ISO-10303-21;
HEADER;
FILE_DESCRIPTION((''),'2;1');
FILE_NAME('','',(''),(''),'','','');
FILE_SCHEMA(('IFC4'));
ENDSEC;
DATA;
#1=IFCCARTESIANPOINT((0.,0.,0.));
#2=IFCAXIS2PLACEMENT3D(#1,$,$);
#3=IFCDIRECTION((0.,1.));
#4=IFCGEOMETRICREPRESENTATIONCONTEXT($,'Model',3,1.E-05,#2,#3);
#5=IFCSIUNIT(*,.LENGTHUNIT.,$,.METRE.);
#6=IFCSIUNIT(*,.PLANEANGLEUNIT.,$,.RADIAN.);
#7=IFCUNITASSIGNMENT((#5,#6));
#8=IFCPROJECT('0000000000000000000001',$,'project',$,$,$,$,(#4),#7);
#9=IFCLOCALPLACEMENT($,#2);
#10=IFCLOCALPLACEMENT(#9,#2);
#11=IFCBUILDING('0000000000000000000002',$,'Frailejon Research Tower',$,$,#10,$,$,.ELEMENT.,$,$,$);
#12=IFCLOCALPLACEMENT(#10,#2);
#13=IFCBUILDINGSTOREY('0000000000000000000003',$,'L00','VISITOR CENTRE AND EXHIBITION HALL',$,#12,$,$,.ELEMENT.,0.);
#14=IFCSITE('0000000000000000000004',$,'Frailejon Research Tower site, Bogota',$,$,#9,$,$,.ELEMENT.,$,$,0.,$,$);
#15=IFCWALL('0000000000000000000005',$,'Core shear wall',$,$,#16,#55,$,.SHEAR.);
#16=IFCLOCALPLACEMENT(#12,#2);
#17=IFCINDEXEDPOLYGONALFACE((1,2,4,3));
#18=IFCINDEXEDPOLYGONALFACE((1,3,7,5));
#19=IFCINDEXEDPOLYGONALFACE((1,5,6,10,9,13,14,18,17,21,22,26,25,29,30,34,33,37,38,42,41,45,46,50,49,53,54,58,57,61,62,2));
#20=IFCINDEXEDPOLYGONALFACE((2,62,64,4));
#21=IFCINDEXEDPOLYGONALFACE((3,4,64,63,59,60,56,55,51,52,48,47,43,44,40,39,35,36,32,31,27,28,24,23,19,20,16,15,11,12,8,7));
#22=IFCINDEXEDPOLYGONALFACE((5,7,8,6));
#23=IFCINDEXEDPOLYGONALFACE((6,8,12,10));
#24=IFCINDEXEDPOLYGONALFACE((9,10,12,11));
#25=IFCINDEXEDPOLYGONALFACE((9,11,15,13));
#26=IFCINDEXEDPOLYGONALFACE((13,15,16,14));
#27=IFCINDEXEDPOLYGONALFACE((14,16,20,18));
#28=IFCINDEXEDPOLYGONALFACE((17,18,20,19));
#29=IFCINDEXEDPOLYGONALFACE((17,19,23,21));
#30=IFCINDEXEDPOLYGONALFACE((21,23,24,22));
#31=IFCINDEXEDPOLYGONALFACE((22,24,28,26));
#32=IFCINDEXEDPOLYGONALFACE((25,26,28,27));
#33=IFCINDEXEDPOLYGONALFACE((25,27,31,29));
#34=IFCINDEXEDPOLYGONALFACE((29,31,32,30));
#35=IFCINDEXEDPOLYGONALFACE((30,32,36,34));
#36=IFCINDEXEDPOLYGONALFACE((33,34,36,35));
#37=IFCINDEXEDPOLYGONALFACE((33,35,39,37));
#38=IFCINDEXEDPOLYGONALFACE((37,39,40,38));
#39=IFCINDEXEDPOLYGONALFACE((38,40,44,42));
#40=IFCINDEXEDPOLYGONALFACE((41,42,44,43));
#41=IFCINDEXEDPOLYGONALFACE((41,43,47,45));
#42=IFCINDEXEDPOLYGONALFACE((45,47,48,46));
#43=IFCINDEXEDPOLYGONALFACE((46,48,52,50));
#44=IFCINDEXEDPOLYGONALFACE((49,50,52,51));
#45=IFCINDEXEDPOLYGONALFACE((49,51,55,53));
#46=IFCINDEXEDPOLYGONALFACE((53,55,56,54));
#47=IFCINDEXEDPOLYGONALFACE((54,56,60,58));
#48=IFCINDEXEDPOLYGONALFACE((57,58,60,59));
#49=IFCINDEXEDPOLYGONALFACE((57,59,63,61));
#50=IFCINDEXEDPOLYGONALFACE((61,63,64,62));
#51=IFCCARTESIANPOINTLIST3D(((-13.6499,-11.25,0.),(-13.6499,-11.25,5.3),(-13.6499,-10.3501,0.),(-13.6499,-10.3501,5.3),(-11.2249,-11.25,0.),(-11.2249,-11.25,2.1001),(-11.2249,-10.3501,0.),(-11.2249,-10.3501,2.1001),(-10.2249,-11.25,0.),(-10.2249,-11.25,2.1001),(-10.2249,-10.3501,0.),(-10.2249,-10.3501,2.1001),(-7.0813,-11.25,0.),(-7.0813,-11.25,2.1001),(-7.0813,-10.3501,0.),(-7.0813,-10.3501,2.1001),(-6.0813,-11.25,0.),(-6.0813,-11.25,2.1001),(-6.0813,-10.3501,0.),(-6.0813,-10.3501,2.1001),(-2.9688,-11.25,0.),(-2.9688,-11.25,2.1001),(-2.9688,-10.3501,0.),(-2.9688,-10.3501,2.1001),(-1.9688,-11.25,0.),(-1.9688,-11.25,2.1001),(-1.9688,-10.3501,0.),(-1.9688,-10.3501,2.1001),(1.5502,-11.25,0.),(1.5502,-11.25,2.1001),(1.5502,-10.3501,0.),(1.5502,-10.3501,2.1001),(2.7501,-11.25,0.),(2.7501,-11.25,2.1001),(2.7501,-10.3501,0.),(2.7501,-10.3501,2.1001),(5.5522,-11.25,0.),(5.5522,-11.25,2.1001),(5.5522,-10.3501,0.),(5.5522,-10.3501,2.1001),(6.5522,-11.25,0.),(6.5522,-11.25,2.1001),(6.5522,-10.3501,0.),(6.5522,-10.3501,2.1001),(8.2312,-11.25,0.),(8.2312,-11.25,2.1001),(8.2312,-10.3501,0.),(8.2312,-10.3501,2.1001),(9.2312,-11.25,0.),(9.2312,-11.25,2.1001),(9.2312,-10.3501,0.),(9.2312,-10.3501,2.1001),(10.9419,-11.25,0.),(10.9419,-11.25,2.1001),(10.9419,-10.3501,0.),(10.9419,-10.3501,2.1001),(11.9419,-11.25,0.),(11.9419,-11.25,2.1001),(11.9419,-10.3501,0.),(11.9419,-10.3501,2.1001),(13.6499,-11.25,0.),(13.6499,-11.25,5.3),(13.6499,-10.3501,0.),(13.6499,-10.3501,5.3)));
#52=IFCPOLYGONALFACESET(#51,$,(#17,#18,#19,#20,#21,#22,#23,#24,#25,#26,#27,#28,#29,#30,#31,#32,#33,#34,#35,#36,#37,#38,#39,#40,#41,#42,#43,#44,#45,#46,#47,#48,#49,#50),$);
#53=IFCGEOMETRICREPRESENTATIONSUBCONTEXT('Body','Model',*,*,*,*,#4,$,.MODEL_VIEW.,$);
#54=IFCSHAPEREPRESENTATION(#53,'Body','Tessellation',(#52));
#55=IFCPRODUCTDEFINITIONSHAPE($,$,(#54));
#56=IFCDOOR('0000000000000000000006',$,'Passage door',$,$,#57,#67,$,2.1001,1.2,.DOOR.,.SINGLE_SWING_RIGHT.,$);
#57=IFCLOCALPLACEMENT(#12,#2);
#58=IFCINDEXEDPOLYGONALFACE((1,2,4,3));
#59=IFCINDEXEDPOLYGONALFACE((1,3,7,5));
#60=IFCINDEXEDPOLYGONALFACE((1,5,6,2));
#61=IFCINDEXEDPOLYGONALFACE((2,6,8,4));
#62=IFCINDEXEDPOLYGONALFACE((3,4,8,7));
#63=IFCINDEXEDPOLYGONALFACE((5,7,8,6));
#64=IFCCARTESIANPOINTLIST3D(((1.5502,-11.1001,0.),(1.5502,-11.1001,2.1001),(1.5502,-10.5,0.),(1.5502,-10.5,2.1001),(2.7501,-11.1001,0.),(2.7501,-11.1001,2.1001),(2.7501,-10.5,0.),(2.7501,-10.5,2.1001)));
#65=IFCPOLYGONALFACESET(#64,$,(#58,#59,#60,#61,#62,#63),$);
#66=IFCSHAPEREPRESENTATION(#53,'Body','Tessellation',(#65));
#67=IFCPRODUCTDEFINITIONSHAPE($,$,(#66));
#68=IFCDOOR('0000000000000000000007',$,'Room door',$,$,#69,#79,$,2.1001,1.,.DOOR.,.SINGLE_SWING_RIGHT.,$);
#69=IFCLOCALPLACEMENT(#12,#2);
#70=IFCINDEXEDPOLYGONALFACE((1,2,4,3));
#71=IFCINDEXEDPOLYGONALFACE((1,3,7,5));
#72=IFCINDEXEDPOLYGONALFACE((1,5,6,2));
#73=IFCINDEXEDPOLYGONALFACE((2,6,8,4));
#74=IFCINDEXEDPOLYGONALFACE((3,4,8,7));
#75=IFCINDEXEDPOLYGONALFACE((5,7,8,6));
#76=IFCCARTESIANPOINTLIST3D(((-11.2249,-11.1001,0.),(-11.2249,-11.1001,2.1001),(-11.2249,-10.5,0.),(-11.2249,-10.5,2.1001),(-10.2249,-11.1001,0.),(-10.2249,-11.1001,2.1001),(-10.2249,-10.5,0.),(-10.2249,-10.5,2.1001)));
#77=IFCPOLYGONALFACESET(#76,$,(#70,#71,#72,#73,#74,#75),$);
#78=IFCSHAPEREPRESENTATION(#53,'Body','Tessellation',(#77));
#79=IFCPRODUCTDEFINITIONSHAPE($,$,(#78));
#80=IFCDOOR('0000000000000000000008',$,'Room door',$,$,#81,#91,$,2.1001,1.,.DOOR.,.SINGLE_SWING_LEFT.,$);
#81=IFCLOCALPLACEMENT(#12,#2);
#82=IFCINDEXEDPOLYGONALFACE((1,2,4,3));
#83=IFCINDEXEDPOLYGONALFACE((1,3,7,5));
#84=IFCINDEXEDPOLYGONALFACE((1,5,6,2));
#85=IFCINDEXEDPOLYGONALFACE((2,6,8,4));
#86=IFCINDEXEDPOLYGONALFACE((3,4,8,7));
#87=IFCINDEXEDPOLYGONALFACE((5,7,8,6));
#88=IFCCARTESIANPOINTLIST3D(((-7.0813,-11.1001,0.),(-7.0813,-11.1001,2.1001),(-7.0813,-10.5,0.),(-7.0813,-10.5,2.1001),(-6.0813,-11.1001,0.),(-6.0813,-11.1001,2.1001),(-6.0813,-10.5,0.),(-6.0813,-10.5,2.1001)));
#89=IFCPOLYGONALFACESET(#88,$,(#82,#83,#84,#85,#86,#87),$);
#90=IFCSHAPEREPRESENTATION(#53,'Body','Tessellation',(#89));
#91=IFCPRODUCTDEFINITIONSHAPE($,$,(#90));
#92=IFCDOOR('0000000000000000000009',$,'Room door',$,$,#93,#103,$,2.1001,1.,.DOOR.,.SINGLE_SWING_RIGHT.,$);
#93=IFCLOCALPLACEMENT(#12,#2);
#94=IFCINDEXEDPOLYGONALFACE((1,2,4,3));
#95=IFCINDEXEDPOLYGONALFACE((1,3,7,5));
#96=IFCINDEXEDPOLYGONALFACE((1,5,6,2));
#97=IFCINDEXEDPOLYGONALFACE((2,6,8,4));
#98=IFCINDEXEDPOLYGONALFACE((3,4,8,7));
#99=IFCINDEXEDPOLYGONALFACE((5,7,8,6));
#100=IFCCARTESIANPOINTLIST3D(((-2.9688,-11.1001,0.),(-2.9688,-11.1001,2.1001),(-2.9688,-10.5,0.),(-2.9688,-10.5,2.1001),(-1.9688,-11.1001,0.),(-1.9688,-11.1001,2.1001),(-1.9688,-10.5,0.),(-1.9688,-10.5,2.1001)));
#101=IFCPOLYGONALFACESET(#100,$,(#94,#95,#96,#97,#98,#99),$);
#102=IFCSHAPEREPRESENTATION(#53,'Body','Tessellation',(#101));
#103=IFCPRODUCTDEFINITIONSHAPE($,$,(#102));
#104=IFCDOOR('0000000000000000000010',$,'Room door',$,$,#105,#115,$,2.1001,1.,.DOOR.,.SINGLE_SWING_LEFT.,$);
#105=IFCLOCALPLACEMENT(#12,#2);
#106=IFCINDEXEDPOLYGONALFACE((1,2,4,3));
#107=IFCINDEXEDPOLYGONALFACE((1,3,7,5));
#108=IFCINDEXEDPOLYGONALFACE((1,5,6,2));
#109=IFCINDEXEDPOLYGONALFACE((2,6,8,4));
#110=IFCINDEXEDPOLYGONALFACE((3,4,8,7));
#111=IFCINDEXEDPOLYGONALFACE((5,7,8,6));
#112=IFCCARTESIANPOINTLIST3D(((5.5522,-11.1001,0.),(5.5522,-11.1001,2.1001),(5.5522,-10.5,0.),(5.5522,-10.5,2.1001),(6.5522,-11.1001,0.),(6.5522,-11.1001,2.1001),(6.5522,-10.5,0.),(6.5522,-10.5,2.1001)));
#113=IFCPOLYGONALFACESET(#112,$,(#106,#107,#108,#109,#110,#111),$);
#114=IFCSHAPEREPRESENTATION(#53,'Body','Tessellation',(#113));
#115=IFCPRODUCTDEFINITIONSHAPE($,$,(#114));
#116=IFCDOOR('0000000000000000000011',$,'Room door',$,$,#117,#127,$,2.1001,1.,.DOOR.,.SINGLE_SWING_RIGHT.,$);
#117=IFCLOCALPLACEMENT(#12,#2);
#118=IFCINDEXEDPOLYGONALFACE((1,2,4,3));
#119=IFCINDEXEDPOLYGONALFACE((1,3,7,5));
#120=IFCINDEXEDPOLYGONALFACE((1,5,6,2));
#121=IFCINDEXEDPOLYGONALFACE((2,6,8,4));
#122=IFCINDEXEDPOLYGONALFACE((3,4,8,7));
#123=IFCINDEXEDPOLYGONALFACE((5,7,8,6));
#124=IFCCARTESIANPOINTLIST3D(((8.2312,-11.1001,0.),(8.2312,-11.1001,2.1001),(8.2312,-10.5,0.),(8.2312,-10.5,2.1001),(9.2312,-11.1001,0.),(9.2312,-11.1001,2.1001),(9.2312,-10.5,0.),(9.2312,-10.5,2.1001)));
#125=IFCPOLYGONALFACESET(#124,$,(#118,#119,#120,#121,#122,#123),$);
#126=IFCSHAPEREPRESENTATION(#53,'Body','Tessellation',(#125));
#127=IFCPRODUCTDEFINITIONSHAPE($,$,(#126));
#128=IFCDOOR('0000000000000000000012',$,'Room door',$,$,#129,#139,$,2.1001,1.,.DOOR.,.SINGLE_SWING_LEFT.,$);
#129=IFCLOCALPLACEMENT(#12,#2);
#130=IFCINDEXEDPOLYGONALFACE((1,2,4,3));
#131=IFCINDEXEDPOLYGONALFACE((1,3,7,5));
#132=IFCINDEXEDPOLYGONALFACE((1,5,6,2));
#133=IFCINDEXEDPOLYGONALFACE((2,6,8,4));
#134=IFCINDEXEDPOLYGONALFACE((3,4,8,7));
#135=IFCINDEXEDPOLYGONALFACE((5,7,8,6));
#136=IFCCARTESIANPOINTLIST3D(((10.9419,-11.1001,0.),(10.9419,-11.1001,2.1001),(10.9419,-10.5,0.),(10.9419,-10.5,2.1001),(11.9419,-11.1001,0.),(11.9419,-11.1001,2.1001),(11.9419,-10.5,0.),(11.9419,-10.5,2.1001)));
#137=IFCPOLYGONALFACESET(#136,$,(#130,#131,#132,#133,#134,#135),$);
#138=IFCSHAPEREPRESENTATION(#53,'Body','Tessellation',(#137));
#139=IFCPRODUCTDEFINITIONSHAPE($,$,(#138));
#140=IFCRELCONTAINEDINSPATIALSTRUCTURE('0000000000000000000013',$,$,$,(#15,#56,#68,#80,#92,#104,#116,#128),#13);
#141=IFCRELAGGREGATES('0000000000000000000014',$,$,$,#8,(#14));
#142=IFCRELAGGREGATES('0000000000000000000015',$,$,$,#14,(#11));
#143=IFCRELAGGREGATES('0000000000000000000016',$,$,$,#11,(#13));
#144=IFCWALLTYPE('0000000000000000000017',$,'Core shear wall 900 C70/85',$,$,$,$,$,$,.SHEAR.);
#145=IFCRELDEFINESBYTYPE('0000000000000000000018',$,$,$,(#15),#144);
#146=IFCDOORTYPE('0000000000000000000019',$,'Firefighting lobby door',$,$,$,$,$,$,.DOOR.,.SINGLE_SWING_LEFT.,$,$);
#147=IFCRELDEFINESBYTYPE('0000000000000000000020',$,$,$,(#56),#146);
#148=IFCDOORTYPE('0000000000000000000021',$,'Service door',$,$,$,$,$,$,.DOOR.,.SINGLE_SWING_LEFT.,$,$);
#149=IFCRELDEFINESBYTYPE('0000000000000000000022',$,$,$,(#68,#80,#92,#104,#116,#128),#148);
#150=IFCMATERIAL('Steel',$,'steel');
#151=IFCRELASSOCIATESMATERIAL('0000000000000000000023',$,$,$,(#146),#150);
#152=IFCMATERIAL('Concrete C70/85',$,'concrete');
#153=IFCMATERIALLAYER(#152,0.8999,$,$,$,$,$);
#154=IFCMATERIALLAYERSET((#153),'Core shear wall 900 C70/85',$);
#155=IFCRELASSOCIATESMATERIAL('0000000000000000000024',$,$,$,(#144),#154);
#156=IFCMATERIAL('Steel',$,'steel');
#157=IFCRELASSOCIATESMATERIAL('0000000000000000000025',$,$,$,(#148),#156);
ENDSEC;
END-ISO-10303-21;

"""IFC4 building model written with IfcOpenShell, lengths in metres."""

from ifc_helpers import new_model, si_unit, direction, frame, frame_2d, origin, place, context, subcontext, project, spatial, rectangle, extrude, material, layer, layer_set, type_object, element, fill, save


model = new_model("IFC4")

# Units and contexts
model_context = context("Model", 3, precision=1e-05, world=origin(), true_north=direction((0.0, 1.0)))
body_context = subcontext(model_context, "Body", "Model", "MODEL_VIEW")
ifc_project = project(units=[si_unit("LENGTHUNIT", "METRE"), si_unit("PLANEANGLEUNIT", "RADIAN")], contexts=[model_context])

# Site, building, storey
site_placement = place(None, origin())
site = spatial("IfcSite", under=ifc_project, at=site_placement, Name="Frailejon Research Tower site, Bogota", CompositionType="ELEMENT", RefElevation=0.0)
building_placement = place(site_placement, origin())
building = spatial("IfcBuilding", under=site, at=building_placement, Name="Frailejon Research Tower", CompositionType="ELEMENT")
storey_placement = place(building_placement, origin())
storey = spatial("IfcBuildingStorey", under=building, at=storey_placement, Name="L00", Description="VISITOR CENTRE AND EXHIBITION HALL", CompositionType="ELEMENT", Elevation=0.0)

# Shared definitions
ifc_material_1 = material(Name="Steel", Category="steel")
door_type_1 = type_object("IfcDoorType", Name="Firefighting lobby door", OperationType="SINGLE_SWING_LEFT", PredefinedType="DOOR", material=ifc_material_1)

# Wall, openings, doors
ifc_material_2 = material(Name="Concrete C70/85", Category="concrete")
ifc_layer_1 = layer(ifc_material_2, 0.8999)
ifc_layer_set_1 = layer_set([ifc_layer_1], Name="Core shear wall 900 C70/85")
wall_type_1 = type_object("IfcWallType", Name="Core shear wall 900 C70/85", PredefinedType="SHEAR", material=ifc_layer_set_1)
wall_1_placement = place(storey_placement, frame((-13.6499, -10.8, 0.0), z_axis=(0.0, 0.0, 1.0), x_axis=(1.0, 0.0, 0.0)))
wall_1 = element("IfcWall", 1, at=wall_1_placement, inside=storey, type_object=wall_type_1, Name="Core shear wall", PredefinedType="SHEAR", context=body_context, shape_type="SweptSolid", body=[
    extrude(rectangle(XDim=27.2998, YDim=0.8999, at=frame_2d((13.6499, 0.0))), origin(), (0.0, 0.0, 1.0), 5.3),
])
opening_1_placement = place(wall_1_placement, frame((2.425, 0.0, 0.0)))
opening_1 = element("IfcOpeningElement", 2, at=opening_1_placement, cuts=wall_1, PredefinedType="OPENING", context=body_context, shape_type="SweptSolid", body=[
    extrude(rectangle(XDim=1.0, YDim=2.1001, at=frame_2d((0.5, 1.05))), frame((0.0, 0.46, 0.0), z_axis=(0.0, -1.0, 0.0), x_axis=(1.0, 0.0, 0.0)), (0.0, 0.0, 1.0), 0.9199),
])
opening_2_placement = place(wall_1_placement, frame((6.5686, 0.0, 0.0)))
opening_2 = element("IfcOpeningElement", 3, at=opening_2_placement, cuts=wall_1, PredefinedType="OPENING", context=body_context, shape_type="SweptSolid", body=[
    extrude(rectangle(XDim=1.0, YDim=2.1001, at=frame_2d((0.5, 1.05))), frame((0.0, 0.46, 0.0), z_axis=(0.0, -1.0, 0.0), x_axis=(1.0, 0.0, 0.0)), (0.0, 0.0, 1.0), 0.9199),
])
opening_3_placement = place(wall_1_placement, frame((10.6812, 0.0, 0.0)))
opening_3 = element("IfcOpeningElement", 4, at=opening_3_placement, cuts=wall_1, PredefinedType="OPENING", context=body_context, shape_type="SweptSolid", body=[
    extrude(rectangle(XDim=1.0, YDim=2.1001, at=frame_2d((0.5, 1.05))), frame((0.0, 0.46, 0.0), z_axis=(0.0, -1.0, 0.0), x_axis=(1.0, 0.0, 0.0)), (0.0, 0.0, 1.0), 0.9199),
])
opening_4_placement = place(wall_1_placement, frame((19.2021, 0.0, 0.0)))
opening_4 = element("IfcOpeningElement", 5, at=opening_4_placement, cuts=wall_1, PredefinedType="OPENING", context=body_context, shape_type="SweptSolid", body=[
    extrude(rectangle(XDim=1.0, YDim=2.1001, at=frame_2d((0.5, 1.05))), frame((0.0, 0.46, 0.0), z_axis=(0.0, -1.0, 0.0), x_axis=(1.0, 0.0, 0.0)), (0.0, 0.0, 1.0), 0.9199),
])
opening_5_placement = place(wall_1_placement, frame((21.8811, 0.0, 0.0)))
opening_5 = element("IfcOpeningElement", 6, at=opening_5_placement, cuts=wall_1, PredefinedType="OPENING", context=body_context, shape_type="SweptSolid", body=[
    extrude(rectangle(XDim=1.0, YDim=2.1001, at=frame_2d((0.5, 1.05))), frame((0.0, 0.46, 0.0), z_axis=(0.0, -1.0, 0.0), x_axis=(1.0, 0.0, 0.0)), (0.0, 0.0, 1.0), 0.9199),
])
opening_6_placement = place(wall_1_placement, frame((24.5918, 0.0, 0.0)))
opening_6 = element("IfcOpeningElement", 7, at=opening_6_placement, cuts=wall_1, PredefinedType="OPENING", context=body_context, shape_type="SweptSolid", body=[
    extrude(rectangle(XDim=1.0, YDim=2.1001, at=frame_2d((0.5, 1.05))), frame((0.0, 0.46, 0.0), z_axis=(0.0, -1.0, 0.0), x_axis=(1.0, 0.0, 0.0)), (0.0, 0.0, 1.0), 0.9199),
])
opening_7_placement = place(wall_1_placement, frame((15.2, 0.0, 0.0)))
opening_7 = element("IfcOpeningElement", 8, at=opening_7_placement, cuts=wall_1, PredefinedType="OPENING", context=body_context, shape_type="SweptSolid", body=[
    extrude(rectangle(XDim=1.2, YDim=2.1001, at=frame_2d((0.6001, 1.05))), frame((0.0, 0.46, 0.0), z_axis=(0.0, -1.0, 0.0), x_axis=(1.0, 0.0, 0.0)), (0.0, 0.0, 1.0), 0.9199),
])
door_1_placement = place(opening_7_placement, origin())
door_1 = element("IfcDoor", 9, at=door_1_placement, inside=storey, type_object=door_type_1, Name="Passage door", OperationType="SINGLE_SWING_RIGHT", OverallHeight=2.1001, OverallWidth=1.2, PredefinedType="DOOR", context=body_context, shape_type="SweptSolid", body=[
    extrude(rectangle(XDim=1.2, YDim=2.1001, at=frame_2d((0.6001, 1.05))), frame((0.0, 0.3, 0.0), z_axis=(0.0, -1.0, 0.0), x_axis=(1.0, 0.0, 0.0)), (0.0, 0.0, 1.0), 0.6001),
])
fill(opening_7, door_1)
ifc_material_3 = material(Name="Steel", Category="steel")
door_type_2 = type_object("IfcDoorType", Name="Service door", OperationType="SINGLE_SWING_LEFT", PredefinedType="DOOR", material=ifc_material_3)
door_2_placement = place(opening_1_placement, origin())
door_2 = element("IfcDoor", 10, at=door_2_placement, inside=storey, type_object=door_type_2, Name="Room door", OperationType="SINGLE_SWING_RIGHT", OverallHeight=2.1001, OverallWidth=1.0, PredefinedType="DOOR", context=body_context, shape_type="SweptSolid", body=[
    extrude(rectangle(XDim=1.0, YDim=2.1001, at=frame_2d((0.5, 1.05))), frame((0.0, 0.3, 0.0), z_axis=(0.0, -1.0, 0.0), x_axis=(1.0, 0.0, 0.0)), (0.0, 0.0, 1.0), 0.6001),
])
fill(opening_1, door_2)
door_3_placement = place(opening_2_placement, origin())
door_3 = element("IfcDoor", 11, at=door_3_placement, inside=storey, type_object=door_type_2, Name="Room door", OperationType="SINGLE_SWING_LEFT", OverallHeight=2.1001, OverallWidth=1.0, PredefinedType="DOOR", context=body_context, shape_type="SweptSolid", body=[
    extrude(rectangle(XDim=1.0, YDim=2.1001, at=frame_2d((0.5, 1.05))), frame((0.0, 0.3, 0.0), z_axis=(0.0, -1.0, 0.0), x_axis=(1.0, 0.0, 0.0)), (0.0, 0.0, 1.0), 0.6001),
])
fill(opening_2, door_3)
door_4_placement = place(opening_3_placement, origin())
door_4 = element("IfcDoor", 12, at=door_4_placement, inside=storey, type_object=door_type_2, Name="Room door", OperationType="SINGLE_SWING_RIGHT", OverallHeight=2.1001, OverallWidth=1.0, PredefinedType="DOOR", context=body_context, shape_type="SweptSolid", body=[
    extrude(rectangle(XDim=1.0, YDim=2.1001, at=frame_2d((0.5, 1.05))), frame((0.0, 0.3, 0.0), z_axis=(0.0, -1.0, 0.0), x_axis=(1.0, 0.0, 0.0)), (0.0, 0.0, 1.0), 0.6001),
])
fill(opening_3, door_4)
door_5_placement = place(opening_4_placement, origin())
door_5 = element("IfcDoor", 13, at=door_5_placement, inside=storey, type_object=door_type_2, Name="Room door", OperationType="SINGLE_SWING_LEFT", OverallHeight=2.1001, OverallWidth=1.0, PredefinedType="DOOR", context=body_context, shape_type="SweptSolid", body=[
    extrude(rectangle(XDim=1.0, YDim=2.1001, at=frame_2d((0.5, 1.05))), frame((0.0, 0.3, 0.0), z_axis=(0.0, -1.0, 0.0), x_axis=(1.0, 0.0, 0.0)), (0.0, 0.0, 1.0), 0.6001),
])
fill(opening_4, door_5)
door_6_placement = place(opening_5_placement, origin())
door_6 = element("IfcDoor", 14, at=door_6_placement, inside=storey, type_object=door_type_2, Name="Room door", OperationType="SINGLE_SWING_RIGHT", OverallHeight=2.1001, OverallWidth=1.0, PredefinedType="DOOR", context=body_context, shape_type="SweptSolid", body=[
    extrude(rectangle(XDim=1.0, YDim=2.1001, at=frame_2d((0.5, 1.05))), frame((0.0, 0.3, 0.0), z_axis=(0.0, -1.0, 0.0), x_axis=(1.0, 0.0, 0.0)), (0.0, 0.0, 1.0), 0.6001),
])
fill(opening_5, door_6)
door_7_placement = place(opening_6_placement, origin())
door_7 = element("IfcDoor", 15, at=door_7_placement, inside=storey, type_object=door_type_2, Name="Room door", OperationType="SINGLE_SWING_LEFT", OverallHeight=2.1001, OverallWidth=1.0, PredefinedType="DOOR", context=body_context, shape_type="SweptSolid", body=[
    extrude(rectangle(XDim=1.0, YDim=2.1001, at=frame_2d((0.5, 1.05))), frame((0.0, 0.3, 0.0), z_axis=(0.0, -1.0, 0.0), x_axis=(1.0, 0.0, 0.0)), (0.0, 0.0, 1.0), 0.6001),
])
fill(opening_6, door_7)

save(model, "model.ifc")
